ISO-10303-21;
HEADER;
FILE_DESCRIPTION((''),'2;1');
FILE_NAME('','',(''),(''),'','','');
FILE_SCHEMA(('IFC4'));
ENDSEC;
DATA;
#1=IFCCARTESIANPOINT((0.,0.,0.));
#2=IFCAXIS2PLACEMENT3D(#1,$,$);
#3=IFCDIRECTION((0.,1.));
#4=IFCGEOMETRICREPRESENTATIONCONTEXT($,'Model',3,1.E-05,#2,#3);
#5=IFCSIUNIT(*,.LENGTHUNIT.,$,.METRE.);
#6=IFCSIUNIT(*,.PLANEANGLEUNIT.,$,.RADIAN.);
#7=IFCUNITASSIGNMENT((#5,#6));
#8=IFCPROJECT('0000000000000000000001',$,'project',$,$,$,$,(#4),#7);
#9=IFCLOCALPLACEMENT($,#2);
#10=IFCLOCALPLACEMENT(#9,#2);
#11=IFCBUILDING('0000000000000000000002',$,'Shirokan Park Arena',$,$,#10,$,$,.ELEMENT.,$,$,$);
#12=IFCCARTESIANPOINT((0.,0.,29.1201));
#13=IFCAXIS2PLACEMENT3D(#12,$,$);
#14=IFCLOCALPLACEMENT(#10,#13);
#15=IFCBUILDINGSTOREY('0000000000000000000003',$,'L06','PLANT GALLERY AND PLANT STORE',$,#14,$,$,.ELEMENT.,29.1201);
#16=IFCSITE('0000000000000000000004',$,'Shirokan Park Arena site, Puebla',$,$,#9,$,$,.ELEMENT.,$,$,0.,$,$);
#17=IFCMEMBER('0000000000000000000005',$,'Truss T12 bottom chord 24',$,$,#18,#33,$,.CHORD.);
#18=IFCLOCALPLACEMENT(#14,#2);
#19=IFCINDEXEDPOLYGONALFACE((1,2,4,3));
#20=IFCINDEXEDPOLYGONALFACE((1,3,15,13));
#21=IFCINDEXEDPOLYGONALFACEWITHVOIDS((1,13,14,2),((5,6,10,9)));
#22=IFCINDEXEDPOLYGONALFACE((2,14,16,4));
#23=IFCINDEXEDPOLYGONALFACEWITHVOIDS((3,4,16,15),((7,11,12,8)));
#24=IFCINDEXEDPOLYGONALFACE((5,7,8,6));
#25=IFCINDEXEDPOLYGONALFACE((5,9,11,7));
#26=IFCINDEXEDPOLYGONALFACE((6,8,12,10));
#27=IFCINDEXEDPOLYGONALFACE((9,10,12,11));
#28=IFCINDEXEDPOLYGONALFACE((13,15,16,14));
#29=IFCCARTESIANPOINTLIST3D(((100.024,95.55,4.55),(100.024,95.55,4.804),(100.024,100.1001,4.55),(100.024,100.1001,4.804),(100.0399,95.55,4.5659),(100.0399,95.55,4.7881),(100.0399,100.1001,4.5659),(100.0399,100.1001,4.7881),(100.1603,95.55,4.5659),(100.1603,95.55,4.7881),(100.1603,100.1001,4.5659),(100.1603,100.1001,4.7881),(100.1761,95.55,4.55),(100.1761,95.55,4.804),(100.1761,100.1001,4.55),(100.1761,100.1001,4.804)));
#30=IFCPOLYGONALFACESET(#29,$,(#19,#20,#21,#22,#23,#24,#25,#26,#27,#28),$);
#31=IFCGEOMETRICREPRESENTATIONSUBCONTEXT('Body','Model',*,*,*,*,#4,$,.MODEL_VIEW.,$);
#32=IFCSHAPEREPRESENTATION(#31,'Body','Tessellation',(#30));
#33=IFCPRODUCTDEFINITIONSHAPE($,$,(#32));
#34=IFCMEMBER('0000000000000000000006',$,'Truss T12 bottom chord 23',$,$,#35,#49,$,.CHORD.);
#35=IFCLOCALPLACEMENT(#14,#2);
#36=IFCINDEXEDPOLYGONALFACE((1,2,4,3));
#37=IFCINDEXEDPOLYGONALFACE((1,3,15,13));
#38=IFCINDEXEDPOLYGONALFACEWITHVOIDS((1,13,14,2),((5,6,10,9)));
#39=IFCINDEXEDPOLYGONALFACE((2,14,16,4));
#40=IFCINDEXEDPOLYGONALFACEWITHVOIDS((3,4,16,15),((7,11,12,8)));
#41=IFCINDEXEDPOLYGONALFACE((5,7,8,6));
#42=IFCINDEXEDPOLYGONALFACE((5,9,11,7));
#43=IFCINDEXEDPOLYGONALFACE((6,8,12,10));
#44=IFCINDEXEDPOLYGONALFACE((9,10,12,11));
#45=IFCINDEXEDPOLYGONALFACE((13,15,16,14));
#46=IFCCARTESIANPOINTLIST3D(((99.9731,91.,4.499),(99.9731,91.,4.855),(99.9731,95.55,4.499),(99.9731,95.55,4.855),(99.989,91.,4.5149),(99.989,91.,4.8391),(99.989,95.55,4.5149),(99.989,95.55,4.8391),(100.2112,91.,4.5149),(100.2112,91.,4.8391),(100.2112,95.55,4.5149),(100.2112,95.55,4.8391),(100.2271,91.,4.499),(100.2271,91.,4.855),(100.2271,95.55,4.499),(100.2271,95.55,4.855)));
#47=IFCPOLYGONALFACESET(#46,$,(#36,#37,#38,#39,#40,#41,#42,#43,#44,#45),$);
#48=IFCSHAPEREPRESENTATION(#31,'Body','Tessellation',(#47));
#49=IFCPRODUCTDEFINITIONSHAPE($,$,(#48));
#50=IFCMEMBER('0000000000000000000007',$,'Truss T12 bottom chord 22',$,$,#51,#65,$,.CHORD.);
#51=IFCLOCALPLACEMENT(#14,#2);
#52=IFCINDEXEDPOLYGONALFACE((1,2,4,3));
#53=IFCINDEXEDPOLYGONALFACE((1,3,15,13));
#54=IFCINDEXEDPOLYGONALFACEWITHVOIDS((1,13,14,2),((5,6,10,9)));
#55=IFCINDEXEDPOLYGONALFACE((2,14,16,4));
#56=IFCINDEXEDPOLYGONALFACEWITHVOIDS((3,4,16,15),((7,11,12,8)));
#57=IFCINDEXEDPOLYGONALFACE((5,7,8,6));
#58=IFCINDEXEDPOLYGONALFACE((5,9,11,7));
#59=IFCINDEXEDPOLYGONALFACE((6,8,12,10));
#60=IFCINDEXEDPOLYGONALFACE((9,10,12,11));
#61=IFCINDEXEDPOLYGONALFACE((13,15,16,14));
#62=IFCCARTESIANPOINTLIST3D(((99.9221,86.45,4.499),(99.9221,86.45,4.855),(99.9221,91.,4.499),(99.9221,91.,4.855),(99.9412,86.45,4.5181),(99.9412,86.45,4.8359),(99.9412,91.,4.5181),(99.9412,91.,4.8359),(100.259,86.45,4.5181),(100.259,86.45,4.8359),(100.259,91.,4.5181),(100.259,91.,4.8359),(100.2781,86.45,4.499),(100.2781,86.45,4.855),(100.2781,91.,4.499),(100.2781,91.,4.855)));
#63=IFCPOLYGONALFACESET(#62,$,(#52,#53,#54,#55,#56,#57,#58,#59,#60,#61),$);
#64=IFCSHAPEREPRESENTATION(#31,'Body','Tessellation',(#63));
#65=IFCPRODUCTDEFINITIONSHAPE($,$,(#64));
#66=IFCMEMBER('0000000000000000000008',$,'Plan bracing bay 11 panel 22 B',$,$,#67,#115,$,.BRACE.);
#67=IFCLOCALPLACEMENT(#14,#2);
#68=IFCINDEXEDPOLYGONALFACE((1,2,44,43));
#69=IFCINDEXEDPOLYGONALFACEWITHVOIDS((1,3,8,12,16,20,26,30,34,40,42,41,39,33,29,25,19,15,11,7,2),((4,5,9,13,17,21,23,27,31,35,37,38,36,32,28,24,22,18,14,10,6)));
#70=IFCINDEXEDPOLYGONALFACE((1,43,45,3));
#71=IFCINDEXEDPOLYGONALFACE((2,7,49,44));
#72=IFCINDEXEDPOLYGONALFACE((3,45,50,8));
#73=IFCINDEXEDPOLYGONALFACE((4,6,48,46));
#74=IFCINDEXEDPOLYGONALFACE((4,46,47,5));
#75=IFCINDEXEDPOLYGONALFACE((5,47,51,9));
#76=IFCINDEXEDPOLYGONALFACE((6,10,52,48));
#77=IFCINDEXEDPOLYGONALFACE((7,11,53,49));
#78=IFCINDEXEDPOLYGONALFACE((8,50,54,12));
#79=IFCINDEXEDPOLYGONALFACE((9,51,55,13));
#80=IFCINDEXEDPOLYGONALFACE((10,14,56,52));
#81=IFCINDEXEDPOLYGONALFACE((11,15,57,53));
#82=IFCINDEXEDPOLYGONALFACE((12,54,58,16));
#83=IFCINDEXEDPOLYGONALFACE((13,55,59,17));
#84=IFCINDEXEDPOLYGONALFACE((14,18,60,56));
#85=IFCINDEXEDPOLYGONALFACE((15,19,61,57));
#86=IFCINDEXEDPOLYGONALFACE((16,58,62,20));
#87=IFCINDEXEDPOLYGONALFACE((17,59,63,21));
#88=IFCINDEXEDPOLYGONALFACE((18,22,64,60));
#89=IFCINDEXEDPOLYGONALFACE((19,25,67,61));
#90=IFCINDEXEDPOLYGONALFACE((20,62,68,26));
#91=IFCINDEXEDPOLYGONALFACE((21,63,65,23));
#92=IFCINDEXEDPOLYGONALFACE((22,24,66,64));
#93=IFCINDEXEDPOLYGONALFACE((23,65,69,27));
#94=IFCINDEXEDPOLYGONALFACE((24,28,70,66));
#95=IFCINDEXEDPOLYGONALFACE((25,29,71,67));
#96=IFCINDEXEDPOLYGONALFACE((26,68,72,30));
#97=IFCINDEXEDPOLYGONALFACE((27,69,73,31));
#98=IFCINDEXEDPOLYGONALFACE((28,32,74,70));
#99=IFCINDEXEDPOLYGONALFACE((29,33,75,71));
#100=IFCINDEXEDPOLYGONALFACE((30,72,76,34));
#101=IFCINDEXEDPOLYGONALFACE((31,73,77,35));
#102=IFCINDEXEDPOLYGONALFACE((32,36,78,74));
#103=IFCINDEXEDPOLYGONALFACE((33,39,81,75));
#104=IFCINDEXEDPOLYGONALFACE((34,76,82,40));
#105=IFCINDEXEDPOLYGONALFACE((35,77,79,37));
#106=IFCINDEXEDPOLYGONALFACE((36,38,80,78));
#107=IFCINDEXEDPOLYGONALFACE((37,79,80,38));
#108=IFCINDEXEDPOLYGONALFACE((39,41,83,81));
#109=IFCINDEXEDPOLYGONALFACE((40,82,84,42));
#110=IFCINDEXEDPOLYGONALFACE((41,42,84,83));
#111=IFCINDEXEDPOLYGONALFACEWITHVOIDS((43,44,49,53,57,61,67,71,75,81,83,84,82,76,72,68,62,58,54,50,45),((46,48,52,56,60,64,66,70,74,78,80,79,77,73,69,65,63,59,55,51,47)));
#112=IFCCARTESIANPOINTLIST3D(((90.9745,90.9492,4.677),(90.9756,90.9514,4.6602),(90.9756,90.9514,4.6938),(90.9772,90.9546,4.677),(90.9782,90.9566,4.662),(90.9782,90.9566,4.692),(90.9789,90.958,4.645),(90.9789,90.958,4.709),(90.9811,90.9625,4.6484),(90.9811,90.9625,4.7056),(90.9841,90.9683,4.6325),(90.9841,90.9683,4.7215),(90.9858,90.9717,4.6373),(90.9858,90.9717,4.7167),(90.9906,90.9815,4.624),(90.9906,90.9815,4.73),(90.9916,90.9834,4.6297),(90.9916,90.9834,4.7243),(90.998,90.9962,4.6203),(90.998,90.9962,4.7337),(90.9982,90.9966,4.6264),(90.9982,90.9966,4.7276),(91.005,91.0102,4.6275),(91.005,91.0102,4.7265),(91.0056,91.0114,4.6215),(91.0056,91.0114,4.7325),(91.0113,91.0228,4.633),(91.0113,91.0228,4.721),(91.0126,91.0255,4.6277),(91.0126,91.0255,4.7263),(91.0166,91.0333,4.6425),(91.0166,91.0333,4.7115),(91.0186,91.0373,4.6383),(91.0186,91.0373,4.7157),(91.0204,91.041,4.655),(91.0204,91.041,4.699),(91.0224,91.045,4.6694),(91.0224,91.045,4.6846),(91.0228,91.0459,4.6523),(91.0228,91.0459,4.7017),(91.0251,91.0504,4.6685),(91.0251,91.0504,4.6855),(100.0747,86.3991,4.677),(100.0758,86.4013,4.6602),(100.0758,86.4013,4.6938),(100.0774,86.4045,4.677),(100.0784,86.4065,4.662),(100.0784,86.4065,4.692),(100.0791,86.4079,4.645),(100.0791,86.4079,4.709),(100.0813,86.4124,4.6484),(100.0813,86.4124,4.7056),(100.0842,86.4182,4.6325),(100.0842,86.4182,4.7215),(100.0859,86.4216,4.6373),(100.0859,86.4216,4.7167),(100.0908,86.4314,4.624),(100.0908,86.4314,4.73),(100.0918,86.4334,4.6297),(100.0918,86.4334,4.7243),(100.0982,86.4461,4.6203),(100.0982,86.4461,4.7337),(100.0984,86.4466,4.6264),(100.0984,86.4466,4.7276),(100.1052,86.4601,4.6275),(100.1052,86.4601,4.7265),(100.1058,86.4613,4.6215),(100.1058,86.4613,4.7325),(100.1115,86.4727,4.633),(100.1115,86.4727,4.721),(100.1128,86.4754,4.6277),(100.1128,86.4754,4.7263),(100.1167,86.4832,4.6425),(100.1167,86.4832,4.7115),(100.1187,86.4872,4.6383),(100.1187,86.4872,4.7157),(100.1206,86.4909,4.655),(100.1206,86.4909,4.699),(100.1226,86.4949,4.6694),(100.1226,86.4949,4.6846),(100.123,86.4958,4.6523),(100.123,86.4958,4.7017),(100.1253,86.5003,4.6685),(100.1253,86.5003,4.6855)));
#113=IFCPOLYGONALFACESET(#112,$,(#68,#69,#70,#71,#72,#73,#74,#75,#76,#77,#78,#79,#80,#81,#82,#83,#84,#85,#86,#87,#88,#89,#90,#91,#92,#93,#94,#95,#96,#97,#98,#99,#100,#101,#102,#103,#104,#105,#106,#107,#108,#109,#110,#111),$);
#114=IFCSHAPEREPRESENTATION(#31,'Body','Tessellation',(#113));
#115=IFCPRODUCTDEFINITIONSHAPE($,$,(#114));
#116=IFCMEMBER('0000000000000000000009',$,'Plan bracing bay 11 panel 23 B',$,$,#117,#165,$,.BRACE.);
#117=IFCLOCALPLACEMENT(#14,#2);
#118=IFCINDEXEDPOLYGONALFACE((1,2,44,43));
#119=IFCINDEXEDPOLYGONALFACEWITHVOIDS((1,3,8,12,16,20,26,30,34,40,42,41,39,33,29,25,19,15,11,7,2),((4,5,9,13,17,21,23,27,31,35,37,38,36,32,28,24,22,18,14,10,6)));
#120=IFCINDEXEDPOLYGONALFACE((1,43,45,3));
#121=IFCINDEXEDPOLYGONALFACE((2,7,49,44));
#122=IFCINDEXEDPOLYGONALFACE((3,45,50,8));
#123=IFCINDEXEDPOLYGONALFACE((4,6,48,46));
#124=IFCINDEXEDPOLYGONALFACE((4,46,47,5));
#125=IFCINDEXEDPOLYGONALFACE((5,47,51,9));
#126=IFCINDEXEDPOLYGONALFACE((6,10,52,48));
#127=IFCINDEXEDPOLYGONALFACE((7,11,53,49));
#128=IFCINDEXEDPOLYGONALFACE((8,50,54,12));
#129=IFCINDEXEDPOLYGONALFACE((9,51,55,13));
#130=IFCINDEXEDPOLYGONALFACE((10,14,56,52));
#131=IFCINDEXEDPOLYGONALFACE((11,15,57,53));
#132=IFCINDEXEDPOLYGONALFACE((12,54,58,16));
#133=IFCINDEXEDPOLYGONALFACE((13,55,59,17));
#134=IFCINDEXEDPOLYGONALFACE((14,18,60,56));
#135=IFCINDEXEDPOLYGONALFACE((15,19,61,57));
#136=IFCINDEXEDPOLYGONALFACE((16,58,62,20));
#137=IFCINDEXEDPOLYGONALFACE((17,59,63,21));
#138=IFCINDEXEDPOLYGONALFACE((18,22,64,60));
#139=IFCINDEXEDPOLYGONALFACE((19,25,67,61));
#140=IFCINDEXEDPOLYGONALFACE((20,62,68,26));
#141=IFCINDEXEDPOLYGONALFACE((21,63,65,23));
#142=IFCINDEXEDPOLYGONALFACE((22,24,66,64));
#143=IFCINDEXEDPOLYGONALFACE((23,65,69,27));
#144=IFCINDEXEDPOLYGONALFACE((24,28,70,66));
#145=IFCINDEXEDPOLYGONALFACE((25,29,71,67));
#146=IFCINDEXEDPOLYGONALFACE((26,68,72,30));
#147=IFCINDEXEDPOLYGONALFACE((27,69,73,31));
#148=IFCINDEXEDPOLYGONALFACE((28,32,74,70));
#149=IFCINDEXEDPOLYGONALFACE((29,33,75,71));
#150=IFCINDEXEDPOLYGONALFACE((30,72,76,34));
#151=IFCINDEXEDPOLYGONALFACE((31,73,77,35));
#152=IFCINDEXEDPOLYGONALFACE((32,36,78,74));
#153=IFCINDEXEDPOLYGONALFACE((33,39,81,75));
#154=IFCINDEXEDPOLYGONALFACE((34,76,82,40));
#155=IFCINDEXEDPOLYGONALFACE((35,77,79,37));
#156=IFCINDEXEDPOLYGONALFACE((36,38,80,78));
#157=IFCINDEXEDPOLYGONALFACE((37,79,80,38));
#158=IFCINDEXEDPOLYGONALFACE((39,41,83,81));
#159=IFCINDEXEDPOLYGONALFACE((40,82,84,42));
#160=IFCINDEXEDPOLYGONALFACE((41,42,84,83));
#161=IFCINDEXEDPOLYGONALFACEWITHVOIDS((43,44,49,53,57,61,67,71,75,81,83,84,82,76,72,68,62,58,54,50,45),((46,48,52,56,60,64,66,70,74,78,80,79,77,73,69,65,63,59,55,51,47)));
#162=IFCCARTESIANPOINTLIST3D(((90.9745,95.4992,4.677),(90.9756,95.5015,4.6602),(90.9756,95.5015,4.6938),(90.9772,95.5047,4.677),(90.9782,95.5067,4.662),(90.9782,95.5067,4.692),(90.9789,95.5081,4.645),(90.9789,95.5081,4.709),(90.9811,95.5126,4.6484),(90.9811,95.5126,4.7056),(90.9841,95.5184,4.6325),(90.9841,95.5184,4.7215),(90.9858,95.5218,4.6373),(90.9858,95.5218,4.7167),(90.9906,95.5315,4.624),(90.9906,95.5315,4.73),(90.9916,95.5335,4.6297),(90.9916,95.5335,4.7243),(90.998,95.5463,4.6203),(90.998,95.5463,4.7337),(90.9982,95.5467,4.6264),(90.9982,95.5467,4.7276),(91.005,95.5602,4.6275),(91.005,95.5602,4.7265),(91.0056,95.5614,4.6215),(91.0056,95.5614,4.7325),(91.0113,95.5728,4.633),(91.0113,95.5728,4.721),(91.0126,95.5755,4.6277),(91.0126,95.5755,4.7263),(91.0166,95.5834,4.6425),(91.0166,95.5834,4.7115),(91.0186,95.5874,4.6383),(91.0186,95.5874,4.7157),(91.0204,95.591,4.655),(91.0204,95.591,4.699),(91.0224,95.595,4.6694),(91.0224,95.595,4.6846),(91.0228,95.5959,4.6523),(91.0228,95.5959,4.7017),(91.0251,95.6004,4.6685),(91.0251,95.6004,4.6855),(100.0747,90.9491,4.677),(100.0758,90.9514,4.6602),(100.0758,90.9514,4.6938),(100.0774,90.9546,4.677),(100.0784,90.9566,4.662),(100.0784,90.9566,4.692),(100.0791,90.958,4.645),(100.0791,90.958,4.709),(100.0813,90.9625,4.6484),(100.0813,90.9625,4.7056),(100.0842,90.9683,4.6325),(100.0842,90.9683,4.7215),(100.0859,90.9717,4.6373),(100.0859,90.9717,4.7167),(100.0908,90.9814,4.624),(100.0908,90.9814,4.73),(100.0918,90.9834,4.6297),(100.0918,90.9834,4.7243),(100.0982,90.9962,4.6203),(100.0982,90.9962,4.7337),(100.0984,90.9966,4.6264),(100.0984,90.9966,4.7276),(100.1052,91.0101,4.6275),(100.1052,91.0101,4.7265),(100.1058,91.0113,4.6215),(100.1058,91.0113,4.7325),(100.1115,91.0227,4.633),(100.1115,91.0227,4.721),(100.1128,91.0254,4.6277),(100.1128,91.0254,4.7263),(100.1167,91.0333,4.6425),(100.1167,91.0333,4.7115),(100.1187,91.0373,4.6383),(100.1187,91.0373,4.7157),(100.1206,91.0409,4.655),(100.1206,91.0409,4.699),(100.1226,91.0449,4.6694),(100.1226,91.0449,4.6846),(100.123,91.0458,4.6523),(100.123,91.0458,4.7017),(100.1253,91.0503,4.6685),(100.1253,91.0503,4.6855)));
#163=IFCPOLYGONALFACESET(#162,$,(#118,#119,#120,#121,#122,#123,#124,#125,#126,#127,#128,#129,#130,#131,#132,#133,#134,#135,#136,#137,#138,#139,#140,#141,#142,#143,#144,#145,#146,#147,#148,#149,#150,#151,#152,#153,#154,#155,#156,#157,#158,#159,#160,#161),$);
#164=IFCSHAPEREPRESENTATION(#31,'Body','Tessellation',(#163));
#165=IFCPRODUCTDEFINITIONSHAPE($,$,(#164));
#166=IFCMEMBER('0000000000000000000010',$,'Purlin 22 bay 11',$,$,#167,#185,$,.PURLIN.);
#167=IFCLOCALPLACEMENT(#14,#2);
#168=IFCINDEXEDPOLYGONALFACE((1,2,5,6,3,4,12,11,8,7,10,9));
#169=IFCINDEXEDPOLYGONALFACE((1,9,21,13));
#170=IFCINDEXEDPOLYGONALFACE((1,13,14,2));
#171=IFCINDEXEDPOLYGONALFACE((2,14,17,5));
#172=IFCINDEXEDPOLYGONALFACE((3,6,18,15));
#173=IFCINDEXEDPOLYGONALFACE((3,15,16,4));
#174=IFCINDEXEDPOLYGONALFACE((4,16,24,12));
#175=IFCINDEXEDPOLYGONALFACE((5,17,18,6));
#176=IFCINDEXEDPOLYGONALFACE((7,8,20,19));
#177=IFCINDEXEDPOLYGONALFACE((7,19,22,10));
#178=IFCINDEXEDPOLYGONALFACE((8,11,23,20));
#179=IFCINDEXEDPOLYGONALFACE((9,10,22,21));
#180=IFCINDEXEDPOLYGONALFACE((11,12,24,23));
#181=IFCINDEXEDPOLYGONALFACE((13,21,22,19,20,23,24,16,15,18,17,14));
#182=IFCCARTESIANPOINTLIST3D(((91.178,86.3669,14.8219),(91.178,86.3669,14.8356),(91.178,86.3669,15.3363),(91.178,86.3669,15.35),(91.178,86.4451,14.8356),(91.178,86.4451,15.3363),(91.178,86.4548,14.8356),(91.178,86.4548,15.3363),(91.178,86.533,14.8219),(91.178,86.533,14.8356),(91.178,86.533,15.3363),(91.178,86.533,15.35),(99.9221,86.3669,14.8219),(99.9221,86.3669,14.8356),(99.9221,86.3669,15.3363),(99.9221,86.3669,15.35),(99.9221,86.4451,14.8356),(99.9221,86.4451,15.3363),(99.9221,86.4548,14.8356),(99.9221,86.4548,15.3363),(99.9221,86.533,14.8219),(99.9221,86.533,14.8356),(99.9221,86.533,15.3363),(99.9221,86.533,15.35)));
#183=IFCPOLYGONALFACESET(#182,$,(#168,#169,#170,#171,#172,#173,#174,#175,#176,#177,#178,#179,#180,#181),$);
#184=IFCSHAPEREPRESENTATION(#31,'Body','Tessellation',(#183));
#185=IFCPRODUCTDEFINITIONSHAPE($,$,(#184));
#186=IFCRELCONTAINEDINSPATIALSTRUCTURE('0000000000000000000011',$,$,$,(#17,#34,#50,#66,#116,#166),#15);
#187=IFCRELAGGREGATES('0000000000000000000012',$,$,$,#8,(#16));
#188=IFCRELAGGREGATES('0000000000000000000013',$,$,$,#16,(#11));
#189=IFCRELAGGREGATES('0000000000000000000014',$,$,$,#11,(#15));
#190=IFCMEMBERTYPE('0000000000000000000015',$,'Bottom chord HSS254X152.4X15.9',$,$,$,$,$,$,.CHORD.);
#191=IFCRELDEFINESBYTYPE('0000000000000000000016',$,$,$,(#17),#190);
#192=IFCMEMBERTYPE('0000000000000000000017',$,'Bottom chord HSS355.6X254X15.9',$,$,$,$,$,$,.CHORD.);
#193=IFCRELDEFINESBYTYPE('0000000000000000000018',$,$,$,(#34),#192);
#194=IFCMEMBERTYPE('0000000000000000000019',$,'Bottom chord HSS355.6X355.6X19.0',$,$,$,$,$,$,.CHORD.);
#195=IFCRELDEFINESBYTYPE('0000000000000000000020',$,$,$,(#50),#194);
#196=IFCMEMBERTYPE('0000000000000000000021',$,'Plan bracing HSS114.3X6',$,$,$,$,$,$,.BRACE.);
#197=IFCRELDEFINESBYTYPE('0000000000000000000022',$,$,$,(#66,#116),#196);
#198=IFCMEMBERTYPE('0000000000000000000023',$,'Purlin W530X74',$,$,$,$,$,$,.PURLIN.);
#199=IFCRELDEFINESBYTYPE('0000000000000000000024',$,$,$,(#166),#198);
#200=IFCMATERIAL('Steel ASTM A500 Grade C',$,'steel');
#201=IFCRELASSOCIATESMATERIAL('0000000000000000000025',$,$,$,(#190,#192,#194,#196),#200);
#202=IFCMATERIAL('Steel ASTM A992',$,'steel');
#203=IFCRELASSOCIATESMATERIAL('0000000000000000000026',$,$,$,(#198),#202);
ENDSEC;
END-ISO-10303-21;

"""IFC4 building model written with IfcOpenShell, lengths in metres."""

from ifc_helpers import new_model, si_unit, direction, frame, origin, origin_2d, place, context, subcontext, project, spatial, hollow_rectangle, hollow_circle, i_section, extrude, material, material_profile, profile_set, type_object, element, save


model = new_model("IFC4")

# Units and contexts
model_context = context("Model", 3, precision=1e-05, world=origin(), true_north=direction((0.0, 1.0)))
body_context = subcontext(model_context, "Body", "Model", "MODEL_VIEW")
ifc_project = project(units=[si_unit("LENGTHUNIT", "METRE"), si_unit("PLANEANGLEUNIT", "RADIAN")], contexts=[model_context])

# Site, building, storey
site_placement = place(None, origin())
site = spatial("IfcSite", under=ifc_project, at=site_placement, Name="Shirokan Park Arena site, Puebla", CompositionType="ELEMENT", RefElevation=0.0)
building_placement = place(site_placement, origin())
building = spatial("IfcBuilding", under=site, at=building_placement, Name="Shirokan Park Arena", CompositionType="ELEMENT")
storey_placement = place(building_placement, frame((0.0, 0.0, 29.1201)))
storey = spatial("IfcBuildingStorey", under=building, at=storey_placement, Name="L06", Description="PLANT GALLERY AND PLANT STORE", CompositionType="ELEMENT", Elevation=29.1201)

# Members
ifc_material_1 = material(Name="Steel ASTM A500 Grade C", Category="steel")
ifc_material_profile_1 = material_profile(ifc_material_1, hollow_rectangle(XDim=0.1521, YDim=0.2539, WallThickness=0.0159, at=origin_2d()), Name="HSS254X152.4X15.9")
ifc_profile_set_1 = profile_set([ifc_material_profile_1], Name="Steel ASTM A500 Grade C")
member_type_1 = type_object("IfcMemberType", Name="Bottom chord HSS254X152.4X15.9", PredefinedType="CHORD", material=ifc_profile_set_1)
member_1_placement = place(storey_placement, frame((100.1001, 95.55, 4.677), z_axis=(0.0, 1.0, 0.0), x_axis=(-1.0, 0.0, 0.0)))
element("IfcMember", 1, at=member_1_placement, inside=storey, type_object=member_type_1, Name="Truss T12 bottom chord 24", PredefinedType="CHORD", context=body_context, shape_type="SweptSolid", body=[
    extrude(hollow_rectangle(XDim=0.1521, YDim=0.2539, WallThickness=0.0159, at=origin_2d()), origin(), (0.0, 0.0, 1.0), 4.55),
])
ifc_material_profile_2 = material_profile(ifc_material_1, hollow_rectangle(XDim=0.2539, YDim=0.356, WallThickness=0.0159, at=origin_2d()), Name="HSS355.6X254X15.9")
ifc_profile_set_2 = profile_set([ifc_material_profile_2], Name="Steel ASTM A500 Grade C")
member_type_2 = type_object("IfcMemberType", Name="Bottom chord HSS355.6X254X15.9", PredefinedType="CHORD", material=ifc_profile_set_2)
member_2_placement = place(storey_placement, frame((100.1001, 91.0, 4.677), z_axis=(0.0, 1.0, 0.0), x_axis=(-1.0, 0.0, 0.0)))
element("IfcMember", 2, at=member_2_placement, inside=storey, type_object=member_type_2, Name="Truss T12 bottom chord 23", PredefinedType="CHORD", context=body_context, shape_type="SweptSolid", body=[
    extrude(hollow_rectangle(XDim=0.2539, YDim=0.356, WallThickness=0.0159, at=origin_2d()), origin(), (0.0, 0.0, 1.0), 4.55),
])
ifc_material_profile_3 = material_profile(ifc_material_1, hollow_rectangle(XDim=0.356, YDim=0.356, WallThickness=0.019, at=origin_2d()), Name="HSS355.6X355.6X19.0")
ifc_profile_set_3 = profile_set([ifc_material_profile_3], Name="Steel ASTM A500 Grade C")
member_type_3 = type_object("IfcMemberType", Name="Bottom chord HSS355.6X355.6X19.0", PredefinedType="CHORD", material=ifc_profile_set_3)
member_3_placement = place(storey_placement, frame((100.1001, 86.45, 4.677), z_axis=(0.0, 1.0, 0.0), x_axis=(-1.0, 0.0, 0.0)))
element("IfcMember", 3, at=member_3_placement, inside=storey, type_object=member_type_3, Name="Truss T12 bottom chord 22", PredefinedType="CHORD", context=body_context, shape_type="SweptSolid", body=[
    extrude(hollow_rectangle(XDim=0.356, YDim=0.356, WallThickness=0.019, at=origin_2d()), origin(), (0.0, 0.0, 1.0), 4.55),
])
ifc_material_profile_4 = material_profile(ifc_material_1, hollow_circle(Radius=0.0569, WallThickness=0.0061, at=origin_2d()), Name="HSS114.3X6")
ifc_profile_set_4 = profile_set([ifc_material_profile_4], Name="Steel ASTM A500 Grade C")
member_type_4 = type_object("IfcMemberType", Name="Plan bracing HSS114.3X6", PredefinedType="BRACE", material=ifc_profile_set_4)
for number, where, z_axis, x_axis, name in (
    (4, (100.1001, 86.45, 4.677), (-0.894427, 0.447214, 0.0), (-0.447214, -0.894427, 0.0), "Plan bracing bay 11 panel 22 B"),
    (5, (100.1001, 91.0, 4.677), (-0.894427, 0.447214, 0.0), (-0.447214, -0.894427, 0.0), "Plan bracing bay 11 panel 23 B"),
):
    element("IfcMember", number, at=place(storey_placement, frame(where, z_axis=z_axis, x_axis=x_axis)), inside=storey, type_object=member_type_4, Name=name, PredefinedType="BRACE", context=body_context, shape_type="SweptSolid", body=[
        extrude(hollow_circle(Radius=0.0569, WallThickness=0.0061, at=origin_2d()), origin(), (0.0, 0.0, 1.0), 10.1743),
    ])
ifc_material_2 = material(Name="Steel ASTM A992", Category="steel")
ifc_material_profile_5 = material_profile(ifc_material_2, i_section(OverallWidth=0.166, OverallDepth=0.5281, WebThickness=0.0098, FlangeThickness=0.0137, at=origin_2d()), Name="W530X74")
ifc_profile_set_5 = profile_set([ifc_material_profile_5], Name="Steel ASTM A992")
member_type_5 = type_object("IfcMemberType", Name="Purlin W530X74", PredefinedType="PURLIN", material=ifc_profile_set_5)
for number, where, z_axis, x_axis, name in (
    (6, (91.178, 86.45, 15.0859), (1.0, 0.0, 0.0), (0.0, 1.0, 0.0), "Purlin 22 bay 11"),
):
    element("IfcMember", number, at=place(storey_placement, frame(where, z_axis=z_axis, x_axis=x_axis)), inside=storey, type_object=member_type_5, Name=name, PredefinedType="PURLIN", context=body_context, shape_type="SweptSolid", body=[
        extrude(i_section(OverallWidth=0.166, OverallDepth=0.5281, WebThickness=0.0098, FlangeThickness=0.0137, at=origin_2d()), origin(), (0.0, 0.0, 1.0), 8.7441),
    ])

save(model, "model.ifc")
